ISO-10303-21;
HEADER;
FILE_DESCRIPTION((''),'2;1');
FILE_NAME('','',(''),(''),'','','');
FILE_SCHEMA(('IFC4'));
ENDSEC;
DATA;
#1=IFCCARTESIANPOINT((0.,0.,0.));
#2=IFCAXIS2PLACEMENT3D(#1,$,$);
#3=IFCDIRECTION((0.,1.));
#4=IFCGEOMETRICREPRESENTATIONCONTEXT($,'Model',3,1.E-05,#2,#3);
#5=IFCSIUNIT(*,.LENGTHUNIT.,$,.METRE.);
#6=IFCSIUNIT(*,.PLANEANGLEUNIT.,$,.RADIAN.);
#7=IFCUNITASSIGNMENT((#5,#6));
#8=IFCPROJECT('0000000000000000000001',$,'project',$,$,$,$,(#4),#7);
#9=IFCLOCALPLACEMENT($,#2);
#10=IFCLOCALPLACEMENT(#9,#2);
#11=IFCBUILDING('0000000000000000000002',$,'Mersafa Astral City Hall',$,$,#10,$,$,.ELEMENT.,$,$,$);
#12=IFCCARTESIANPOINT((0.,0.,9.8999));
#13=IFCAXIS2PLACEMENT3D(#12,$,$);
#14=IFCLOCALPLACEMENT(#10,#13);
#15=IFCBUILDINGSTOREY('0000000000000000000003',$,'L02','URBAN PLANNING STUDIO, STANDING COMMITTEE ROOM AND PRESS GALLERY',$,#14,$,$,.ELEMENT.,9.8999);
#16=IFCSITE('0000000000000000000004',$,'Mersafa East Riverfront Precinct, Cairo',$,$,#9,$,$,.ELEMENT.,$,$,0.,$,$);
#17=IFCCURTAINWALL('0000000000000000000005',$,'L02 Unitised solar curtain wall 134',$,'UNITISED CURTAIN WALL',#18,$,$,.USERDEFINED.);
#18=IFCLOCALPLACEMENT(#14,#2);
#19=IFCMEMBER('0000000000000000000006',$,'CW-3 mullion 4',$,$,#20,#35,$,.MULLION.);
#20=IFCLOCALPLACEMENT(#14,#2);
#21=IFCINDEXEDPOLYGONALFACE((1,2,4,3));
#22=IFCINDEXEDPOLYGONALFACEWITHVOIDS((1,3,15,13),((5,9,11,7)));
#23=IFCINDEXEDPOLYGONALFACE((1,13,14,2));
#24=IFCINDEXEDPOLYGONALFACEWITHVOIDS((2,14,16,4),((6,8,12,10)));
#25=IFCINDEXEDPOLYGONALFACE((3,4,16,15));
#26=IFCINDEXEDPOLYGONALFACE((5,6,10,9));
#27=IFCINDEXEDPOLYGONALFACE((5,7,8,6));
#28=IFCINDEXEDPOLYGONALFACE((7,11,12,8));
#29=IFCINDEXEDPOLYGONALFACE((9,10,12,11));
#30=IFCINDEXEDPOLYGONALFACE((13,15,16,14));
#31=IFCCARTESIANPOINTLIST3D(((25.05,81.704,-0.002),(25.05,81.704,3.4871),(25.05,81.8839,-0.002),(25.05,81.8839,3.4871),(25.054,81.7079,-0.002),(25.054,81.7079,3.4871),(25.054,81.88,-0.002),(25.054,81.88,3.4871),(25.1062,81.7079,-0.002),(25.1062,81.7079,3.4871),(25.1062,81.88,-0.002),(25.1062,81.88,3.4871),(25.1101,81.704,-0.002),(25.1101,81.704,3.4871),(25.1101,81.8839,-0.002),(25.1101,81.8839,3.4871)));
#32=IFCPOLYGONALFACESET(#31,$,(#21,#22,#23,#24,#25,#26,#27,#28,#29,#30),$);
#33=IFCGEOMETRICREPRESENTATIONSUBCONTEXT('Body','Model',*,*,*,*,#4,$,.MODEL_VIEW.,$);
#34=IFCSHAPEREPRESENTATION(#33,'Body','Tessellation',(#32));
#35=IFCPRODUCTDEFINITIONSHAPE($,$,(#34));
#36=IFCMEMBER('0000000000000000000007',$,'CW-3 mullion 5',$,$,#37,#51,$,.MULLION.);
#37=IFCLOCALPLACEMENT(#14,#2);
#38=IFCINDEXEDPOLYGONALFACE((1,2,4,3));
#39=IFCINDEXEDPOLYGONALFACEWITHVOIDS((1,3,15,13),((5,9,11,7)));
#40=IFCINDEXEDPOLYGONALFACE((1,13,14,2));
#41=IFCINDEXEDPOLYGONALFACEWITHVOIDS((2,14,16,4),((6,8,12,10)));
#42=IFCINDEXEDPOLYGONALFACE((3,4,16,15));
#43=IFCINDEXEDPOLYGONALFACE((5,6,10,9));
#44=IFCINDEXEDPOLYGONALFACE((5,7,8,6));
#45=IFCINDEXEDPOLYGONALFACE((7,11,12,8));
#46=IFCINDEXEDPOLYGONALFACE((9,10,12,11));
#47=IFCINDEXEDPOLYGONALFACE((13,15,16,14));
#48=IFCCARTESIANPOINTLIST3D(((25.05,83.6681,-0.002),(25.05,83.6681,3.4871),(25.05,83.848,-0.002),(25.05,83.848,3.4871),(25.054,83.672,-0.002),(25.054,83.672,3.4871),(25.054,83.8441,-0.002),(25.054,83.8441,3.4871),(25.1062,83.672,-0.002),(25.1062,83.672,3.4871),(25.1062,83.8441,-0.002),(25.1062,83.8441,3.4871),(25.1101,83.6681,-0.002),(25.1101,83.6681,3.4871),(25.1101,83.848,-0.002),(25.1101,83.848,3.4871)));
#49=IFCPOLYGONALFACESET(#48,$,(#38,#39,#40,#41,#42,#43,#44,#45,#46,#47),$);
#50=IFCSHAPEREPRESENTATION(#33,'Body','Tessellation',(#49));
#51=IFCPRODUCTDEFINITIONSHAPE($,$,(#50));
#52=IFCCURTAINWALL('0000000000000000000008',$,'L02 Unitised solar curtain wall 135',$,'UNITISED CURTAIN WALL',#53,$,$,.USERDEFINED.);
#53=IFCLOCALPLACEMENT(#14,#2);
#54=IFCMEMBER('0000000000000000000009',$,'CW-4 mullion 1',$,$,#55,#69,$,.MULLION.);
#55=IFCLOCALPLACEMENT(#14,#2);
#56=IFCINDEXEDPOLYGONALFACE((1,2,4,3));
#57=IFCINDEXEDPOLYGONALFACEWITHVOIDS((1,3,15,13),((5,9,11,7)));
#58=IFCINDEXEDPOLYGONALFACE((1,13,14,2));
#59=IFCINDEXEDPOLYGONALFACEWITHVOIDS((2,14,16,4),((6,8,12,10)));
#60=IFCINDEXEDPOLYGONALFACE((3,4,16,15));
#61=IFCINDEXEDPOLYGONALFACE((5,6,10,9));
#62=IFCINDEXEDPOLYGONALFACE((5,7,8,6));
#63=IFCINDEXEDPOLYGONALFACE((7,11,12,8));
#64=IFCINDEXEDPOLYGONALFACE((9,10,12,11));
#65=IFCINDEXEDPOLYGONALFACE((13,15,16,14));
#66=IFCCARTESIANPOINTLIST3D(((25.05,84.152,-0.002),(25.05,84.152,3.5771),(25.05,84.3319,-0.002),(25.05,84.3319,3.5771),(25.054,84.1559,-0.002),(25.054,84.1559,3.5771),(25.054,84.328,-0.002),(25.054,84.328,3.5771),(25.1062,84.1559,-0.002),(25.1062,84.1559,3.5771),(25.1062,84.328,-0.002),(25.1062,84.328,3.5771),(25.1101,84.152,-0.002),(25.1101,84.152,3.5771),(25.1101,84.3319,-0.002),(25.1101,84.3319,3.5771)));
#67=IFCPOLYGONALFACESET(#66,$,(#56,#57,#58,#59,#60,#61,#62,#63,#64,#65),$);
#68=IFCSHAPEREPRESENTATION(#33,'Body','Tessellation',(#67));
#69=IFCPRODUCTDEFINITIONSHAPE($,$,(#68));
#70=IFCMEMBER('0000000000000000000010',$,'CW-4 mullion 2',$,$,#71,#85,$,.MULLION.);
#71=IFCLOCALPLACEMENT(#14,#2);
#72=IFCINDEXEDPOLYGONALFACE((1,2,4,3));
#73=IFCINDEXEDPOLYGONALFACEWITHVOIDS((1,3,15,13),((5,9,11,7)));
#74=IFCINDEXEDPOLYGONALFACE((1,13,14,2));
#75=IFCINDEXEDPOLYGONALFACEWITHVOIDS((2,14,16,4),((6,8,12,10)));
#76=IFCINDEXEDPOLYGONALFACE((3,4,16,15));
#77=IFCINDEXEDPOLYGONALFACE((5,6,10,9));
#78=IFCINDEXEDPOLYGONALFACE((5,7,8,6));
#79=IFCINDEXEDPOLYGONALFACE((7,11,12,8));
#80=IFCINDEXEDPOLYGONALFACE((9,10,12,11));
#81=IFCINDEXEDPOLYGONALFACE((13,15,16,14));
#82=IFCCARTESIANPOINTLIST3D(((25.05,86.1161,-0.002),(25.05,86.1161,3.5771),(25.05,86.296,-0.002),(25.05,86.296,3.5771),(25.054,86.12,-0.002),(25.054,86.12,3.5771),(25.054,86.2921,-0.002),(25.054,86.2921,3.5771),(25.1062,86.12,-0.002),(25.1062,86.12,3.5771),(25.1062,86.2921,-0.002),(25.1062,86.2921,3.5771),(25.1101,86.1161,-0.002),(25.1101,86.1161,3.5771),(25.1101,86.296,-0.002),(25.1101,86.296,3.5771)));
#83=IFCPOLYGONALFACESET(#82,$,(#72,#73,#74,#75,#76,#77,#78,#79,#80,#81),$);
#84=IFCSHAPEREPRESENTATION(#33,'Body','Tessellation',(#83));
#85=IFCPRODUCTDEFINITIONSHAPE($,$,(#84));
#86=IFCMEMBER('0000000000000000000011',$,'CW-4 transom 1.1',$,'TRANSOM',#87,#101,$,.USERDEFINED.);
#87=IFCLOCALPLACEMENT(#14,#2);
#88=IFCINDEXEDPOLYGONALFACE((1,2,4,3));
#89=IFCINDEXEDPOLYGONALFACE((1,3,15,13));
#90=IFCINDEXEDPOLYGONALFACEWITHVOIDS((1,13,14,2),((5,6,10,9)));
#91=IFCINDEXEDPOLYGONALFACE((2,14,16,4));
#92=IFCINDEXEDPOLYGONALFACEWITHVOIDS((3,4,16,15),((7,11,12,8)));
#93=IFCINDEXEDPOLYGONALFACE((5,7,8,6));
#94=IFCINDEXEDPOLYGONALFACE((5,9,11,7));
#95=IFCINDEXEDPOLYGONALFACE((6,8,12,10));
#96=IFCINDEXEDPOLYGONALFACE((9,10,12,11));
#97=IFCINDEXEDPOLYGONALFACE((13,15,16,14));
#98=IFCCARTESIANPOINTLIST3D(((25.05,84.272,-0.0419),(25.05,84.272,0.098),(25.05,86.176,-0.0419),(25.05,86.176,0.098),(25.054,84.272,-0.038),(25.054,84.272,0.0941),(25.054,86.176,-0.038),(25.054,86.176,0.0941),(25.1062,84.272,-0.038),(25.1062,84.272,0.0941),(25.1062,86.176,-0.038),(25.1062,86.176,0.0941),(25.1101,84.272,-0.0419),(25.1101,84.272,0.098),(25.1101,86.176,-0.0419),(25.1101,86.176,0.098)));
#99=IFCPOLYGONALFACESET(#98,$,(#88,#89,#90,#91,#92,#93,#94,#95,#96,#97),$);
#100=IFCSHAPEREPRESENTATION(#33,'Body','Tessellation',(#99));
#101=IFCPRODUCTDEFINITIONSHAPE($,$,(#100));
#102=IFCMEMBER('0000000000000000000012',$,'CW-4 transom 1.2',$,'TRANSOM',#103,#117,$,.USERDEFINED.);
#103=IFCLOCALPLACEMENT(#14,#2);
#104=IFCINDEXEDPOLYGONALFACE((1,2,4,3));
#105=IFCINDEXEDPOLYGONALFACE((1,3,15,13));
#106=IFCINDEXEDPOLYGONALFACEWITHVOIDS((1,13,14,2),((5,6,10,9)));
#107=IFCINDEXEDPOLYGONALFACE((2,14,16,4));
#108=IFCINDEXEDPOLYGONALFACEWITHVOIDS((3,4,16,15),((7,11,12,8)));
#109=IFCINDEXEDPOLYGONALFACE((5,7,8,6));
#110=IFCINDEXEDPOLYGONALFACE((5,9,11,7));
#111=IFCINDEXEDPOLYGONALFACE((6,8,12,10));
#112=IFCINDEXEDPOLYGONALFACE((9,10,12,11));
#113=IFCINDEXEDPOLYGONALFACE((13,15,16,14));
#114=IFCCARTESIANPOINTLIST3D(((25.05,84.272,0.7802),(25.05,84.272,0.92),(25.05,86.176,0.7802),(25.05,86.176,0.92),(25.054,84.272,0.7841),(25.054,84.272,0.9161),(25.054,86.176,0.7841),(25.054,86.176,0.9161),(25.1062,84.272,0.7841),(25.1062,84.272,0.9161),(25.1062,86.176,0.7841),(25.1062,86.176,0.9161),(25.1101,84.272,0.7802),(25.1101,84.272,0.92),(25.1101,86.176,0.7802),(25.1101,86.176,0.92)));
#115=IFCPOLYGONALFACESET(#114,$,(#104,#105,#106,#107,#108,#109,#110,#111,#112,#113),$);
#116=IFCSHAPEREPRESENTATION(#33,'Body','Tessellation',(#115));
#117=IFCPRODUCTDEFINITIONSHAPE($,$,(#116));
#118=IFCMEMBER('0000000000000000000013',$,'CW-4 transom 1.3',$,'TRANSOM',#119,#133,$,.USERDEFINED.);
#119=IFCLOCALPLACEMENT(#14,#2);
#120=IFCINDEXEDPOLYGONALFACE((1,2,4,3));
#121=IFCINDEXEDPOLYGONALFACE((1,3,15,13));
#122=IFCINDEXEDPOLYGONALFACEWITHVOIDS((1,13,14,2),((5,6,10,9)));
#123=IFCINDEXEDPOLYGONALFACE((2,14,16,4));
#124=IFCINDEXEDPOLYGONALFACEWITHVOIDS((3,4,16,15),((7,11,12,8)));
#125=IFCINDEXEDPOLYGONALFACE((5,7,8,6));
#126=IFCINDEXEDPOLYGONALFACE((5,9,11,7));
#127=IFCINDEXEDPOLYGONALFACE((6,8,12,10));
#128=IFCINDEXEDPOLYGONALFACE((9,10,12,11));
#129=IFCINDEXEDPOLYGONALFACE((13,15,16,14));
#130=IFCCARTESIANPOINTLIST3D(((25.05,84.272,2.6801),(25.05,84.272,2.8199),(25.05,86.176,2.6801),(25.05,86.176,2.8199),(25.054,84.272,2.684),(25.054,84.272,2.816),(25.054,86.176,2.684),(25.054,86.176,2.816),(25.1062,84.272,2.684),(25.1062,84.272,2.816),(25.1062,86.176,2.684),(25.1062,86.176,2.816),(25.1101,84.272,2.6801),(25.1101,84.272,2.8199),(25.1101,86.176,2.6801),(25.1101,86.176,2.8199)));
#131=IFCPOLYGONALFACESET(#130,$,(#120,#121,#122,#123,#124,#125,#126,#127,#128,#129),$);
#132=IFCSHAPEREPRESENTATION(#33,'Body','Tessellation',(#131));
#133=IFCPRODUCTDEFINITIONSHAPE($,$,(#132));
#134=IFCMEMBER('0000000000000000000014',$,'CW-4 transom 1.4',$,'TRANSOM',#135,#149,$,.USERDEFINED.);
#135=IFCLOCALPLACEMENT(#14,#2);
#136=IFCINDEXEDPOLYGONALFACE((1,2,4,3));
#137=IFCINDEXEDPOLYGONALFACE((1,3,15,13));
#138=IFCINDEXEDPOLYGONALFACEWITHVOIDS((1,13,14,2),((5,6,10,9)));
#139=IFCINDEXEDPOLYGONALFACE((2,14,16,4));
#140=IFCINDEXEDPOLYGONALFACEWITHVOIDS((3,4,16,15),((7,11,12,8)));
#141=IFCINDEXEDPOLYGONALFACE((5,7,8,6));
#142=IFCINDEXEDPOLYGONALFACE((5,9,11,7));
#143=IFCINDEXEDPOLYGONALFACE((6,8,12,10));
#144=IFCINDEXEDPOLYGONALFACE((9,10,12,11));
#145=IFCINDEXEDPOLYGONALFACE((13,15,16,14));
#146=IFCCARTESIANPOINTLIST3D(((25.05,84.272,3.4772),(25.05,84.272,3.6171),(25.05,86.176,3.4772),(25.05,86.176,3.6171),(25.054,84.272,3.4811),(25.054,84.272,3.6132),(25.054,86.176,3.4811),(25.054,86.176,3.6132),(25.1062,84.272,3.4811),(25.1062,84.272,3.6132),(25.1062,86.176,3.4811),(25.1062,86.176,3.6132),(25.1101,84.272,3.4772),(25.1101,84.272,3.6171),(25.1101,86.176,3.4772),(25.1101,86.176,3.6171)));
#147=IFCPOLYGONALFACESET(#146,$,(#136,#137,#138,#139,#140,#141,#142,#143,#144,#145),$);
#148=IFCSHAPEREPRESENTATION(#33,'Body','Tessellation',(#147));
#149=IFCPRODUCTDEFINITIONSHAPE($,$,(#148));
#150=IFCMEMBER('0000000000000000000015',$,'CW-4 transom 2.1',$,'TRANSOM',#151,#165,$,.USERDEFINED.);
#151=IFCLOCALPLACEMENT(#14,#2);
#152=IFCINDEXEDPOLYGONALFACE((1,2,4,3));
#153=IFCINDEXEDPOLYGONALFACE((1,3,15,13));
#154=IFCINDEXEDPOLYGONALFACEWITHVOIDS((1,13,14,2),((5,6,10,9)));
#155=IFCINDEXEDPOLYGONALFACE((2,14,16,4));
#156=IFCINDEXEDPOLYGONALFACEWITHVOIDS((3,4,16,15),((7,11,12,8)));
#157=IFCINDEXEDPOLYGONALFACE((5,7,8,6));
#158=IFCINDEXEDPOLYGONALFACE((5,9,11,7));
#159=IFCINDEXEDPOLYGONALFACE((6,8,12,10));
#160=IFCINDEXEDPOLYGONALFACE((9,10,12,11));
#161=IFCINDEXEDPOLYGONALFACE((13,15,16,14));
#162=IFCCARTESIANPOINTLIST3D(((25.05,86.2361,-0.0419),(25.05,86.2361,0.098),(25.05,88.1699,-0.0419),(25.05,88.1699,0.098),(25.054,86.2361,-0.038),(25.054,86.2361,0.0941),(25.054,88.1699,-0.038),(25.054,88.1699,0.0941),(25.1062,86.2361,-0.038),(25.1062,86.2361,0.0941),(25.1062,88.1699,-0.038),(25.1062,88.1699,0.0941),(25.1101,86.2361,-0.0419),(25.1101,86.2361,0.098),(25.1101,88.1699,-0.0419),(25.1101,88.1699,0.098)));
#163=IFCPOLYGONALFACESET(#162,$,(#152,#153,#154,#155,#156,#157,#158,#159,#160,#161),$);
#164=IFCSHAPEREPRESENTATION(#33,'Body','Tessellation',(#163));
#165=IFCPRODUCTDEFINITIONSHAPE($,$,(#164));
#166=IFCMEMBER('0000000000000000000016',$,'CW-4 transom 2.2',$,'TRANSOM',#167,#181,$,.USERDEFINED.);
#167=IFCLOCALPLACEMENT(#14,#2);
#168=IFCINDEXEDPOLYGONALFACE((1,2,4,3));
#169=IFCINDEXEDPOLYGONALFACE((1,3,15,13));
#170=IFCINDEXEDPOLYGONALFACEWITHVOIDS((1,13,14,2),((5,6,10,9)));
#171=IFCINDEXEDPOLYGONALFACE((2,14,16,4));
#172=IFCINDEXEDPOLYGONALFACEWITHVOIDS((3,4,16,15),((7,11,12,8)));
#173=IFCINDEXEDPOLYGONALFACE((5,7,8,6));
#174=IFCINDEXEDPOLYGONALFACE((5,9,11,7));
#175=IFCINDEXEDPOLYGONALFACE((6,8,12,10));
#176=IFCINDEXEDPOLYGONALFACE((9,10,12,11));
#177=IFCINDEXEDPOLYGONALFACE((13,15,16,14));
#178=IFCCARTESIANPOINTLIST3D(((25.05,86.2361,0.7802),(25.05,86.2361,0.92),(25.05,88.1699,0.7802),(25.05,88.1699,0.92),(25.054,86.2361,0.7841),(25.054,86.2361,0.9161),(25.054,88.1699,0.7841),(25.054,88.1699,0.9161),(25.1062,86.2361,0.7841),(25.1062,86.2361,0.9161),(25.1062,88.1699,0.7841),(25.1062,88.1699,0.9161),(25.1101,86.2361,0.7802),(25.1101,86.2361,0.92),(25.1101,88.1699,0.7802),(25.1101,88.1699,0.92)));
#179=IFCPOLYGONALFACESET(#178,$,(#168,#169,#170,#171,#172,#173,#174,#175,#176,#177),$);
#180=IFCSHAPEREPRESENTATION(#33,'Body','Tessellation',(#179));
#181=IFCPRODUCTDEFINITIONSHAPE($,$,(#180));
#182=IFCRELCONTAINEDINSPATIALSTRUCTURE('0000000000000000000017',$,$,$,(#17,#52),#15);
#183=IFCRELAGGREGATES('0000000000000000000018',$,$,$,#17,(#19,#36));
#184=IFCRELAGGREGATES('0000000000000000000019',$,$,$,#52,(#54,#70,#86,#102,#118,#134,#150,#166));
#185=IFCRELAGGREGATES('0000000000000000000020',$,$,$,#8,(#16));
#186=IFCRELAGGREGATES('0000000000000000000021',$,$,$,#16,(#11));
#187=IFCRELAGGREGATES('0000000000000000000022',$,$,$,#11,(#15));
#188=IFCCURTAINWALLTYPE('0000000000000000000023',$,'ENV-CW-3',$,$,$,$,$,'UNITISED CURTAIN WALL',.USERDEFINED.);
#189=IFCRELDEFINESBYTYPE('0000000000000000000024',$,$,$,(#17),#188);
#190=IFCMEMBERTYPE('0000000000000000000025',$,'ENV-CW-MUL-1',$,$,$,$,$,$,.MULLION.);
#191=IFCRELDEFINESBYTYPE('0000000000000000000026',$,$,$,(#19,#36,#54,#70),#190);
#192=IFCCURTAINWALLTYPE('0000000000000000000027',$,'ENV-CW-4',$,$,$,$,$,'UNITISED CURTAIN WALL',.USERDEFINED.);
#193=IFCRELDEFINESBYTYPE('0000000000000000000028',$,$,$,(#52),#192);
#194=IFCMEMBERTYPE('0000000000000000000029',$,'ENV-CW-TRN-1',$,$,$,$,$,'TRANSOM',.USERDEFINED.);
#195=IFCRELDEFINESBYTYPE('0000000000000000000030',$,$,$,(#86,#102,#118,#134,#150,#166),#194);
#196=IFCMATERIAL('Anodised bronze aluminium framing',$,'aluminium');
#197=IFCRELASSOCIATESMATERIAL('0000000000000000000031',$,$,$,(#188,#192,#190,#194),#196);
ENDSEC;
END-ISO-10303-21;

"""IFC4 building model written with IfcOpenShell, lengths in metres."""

from ifc_helpers import new_model, si_unit, direction, frame, origin, origin_2d, place, context, subcontext, project, spatial, hollow_rectangle, extrude, material, material_profile, profile_set, type_object, element, aggregate, save


model = new_model("IFC4")

# Units and contexts
model_context = context("Model", 3, precision=1e-05, world=origin(), true_north=direction((0.0, 1.0)))
body_context = subcontext(model_context, "Body", "Model", "MODEL_VIEW")
ifc_project = project(units=[si_unit("LENGTHUNIT", "METRE"), si_unit("PLANEANGLEUNIT", "RADIAN")], contexts=[model_context])

# Site, building, storey
site_placement = place(None, origin())
site = spatial("IfcSite", under=ifc_project, at=site_placement, Name="Mersafa East Riverfront Precinct, Cairo", CompositionType="ELEMENT", RefElevation=0.0)
building_placement = place(site_placement, origin())
building = spatial("IfcBuilding", under=site, at=building_placement, Name="Mersafa Astral City Hall", CompositionType="ELEMENT")
storey_placement = place(building_placement, frame((0.0, 0.0, 9.8999)))
storey = spatial("IfcBuildingStorey", under=building, at=storey_placement, Name="L02", Description="URBAN PLANNING STUDIO, STANDING COMMITTEE ROOM AND PRESS GALLERY", CompositionType="ELEMENT", Elevation=9.8999)

# Curtain walls, members
ifc_material_1 = material(Name="Anodised bronze aluminium framing", Category="aluminium")
curtain_wall_type_1 = type_object("IfcCurtainWallType", Name="ENV-CW-3", ElementType="UNITISED CURTAIN WALL", PredefinedType="USERDEFINED", material=ifc_material_1)
curtain_wall_1_placement = place(storey_placement, origin())
curtain_wall_1 = element("IfcCurtainWall", 1, at=curtain_wall_1_placement, inside=storey, type_object=curtain_wall_type_1, Name="L02 Unitised solar curtain wall 134", ObjectType="UNITISED CURTAIN WALL", PredefinedType="USERDEFINED")
ifc_material_profile_1 = material_profile(ifc_material_1, hollow_rectangle(XDim=0.0601, YDim=0.1799, WallThickness=0.0039, at=origin_2d()), Name="RHS 60x180x4")
ifc_profile_set_1 = profile_set([ifc_material_profile_1], Name="Anodised bronze aluminium framing")
member_type_1 = type_object("IfcMemberType", Name="ENV-CW-MUL-1", PredefinedType="MULLION", material=ifc_profile_set_1)
member_1_placement = place(storey_placement, frame((25.0801, 81.7939, -0.002), z_axis=(0.0, 0.0, 1.0), x_axis=(-1.0, 0.0, 0.0)))
member_1 = element("IfcMember", 2, at=member_1_placement, type_object=member_type_1, Name="CW-3 mullion 4", PredefinedType="MULLION", context=body_context, shape_type="SweptSolid", body=[
    extrude(hollow_rectangle(XDim=0.0601, YDim=0.1799, WallThickness=0.0039, at=origin_2d()), origin(), (0.0, 0.0, 1.0), 3.489),
])
member_2_placement = place(storey_placement, frame((25.0801, 83.7581, -0.002), z_axis=(0.0, 0.0, 1.0), x_axis=(-1.0, 0.0, 0.0)))
member_2 = element("IfcMember", 3, at=member_2_placement, type_object=member_type_1, Name="CW-3 mullion 5", PredefinedType="MULLION", context=body_context, shape_type="SweptSolid", body=[
    extrude(hollow_rectangle(XDim=0.0601, YDim=0.1799, WallThickness=0.0039, at=origin_2d()), origin(), (0.0, 0.0, 1.0), 3.489),
])
curtain_wall_type_2 = type_object("IfcCurtainWallType", Name="ENV-CW-4", ElementType="UNITISED CURTAIN WALL", PredefinedType="USERDEFINED", material=ifc_material_1)
curtain_wall_2_placement = place(storey_placement, origin())
curtain_wall_2 = element("IfcCurtainWall", 4, at=curtain_wall_2_placement, inside=storey, type_object=curtain_wall_type_2, Name="L02 Unitised solar curtain wall 135", ObjectType="UNITISED CURTAIN WALL", PredefinedType="USERDEFINED")
member_3_placement = place(storey_placement, frame((25.0801, 84.2419, -0.002), z_axis=(0.0, 0.0, 1.0), x_axis=(-1.0, 0.0, 0.0)))
member_3 = element("IfcMember", 5, at=member_3_placement, type_object=member_type_1, Name="CW-4 mullion 1", PredefinedType="MULLION", context=body_context, shape_type="SweptSolid", body=[
    extrude(hollow_rectangle(XDim=0.0601, YDim=0.1799, WallThickness=0.0039, at=origin_2d()), origin(), (0.0, 0.0, 1.0), 3.5791),
])
member_4_placement = place(storey_placement, frame((25.0801, 86.2061, -0.002), z_axis=(0.0, 0.0, 1.0), x_axis=(-1.0, 0.0, 0.0)))
member_4 = element("IfcMember", 6, at=member_4_placement, type_object=member_type_1, Name="CW-4 mullion 2", PredefinedType="MULLION", context=body_context, shape_type="SweptSolid", body=[
    extrude(hollow_rectangle(XDim=0.0601, YDim=0.1799, WallThickness=0.0039, at=origin_2d()), origin(), (0.0, 0.0, 1.0), 3.5791),
])
ifc_material_profile_2 = material_profile(ifc_material_1, hollow_rectangle(XDim=0.0601, YDim=0.1399, WallThickness=0.0039, at=origin_2d()), Name="RHS 60x140x4")
ifc_profile_set_2 = profile_set([ifc_material_profile_2], Name="Anodised bronze aluminium framing")
member_type_2 = type_object("IfcMemberType", Name="ENV-CW-TRN-1", ElementType="TRANSOM", PredefinedType="USERDEFINED", material=ifc_profile_set_2)
member_5_placement = place(storey_placement, frame((25.0801, 84.272, 0.0281), z_axis=(0.0, 1.0, 0.0), x_axis=(-1.0, 0.0, 0.0)))
member_5 = element("IfcMember", 7, at=member_5_placement, type_object=member_type_2, Name="CW-4 transom 1.1", ObjectType="TRANSOM", PredefinedType="USERDEFINED", context=body_context, shape_type="SweptSolid", body=[
    extrude(hollow_rectangle(XDim=0.0601, YDim=0.1399, WallThickness=0.0039, at=origin_2d()), origin(), (0.0, 0.0, 1.0), 1.9041),
])
member_6_placement = place(storey_placement, frame((25.0801, 84.272, 0.8501), z_axis=(0.0, 1.0, 0.0), x_axis=(-1.0, 0.0, 0.0)))
member_6 = element("IfcMember", 8, at=member_6_placement, type_object=member_type_2, Name="CW-4 transom 1.2", ObjectType="TRANSOM", PredefinedType="USERDEFINED", context=body_context, shape_type="SweptSolid", body=[
    extrude(hollow_rectangle(XDim=0.0601, YDim=0.1399, WallThickness=0.0039, at=origin_2d()), origin(), (0.0, 0.0, 1.0), 1.9041),
])
member_7_placement = place(storey_placement, frame((25.0801, 84.272, 2.75), z_axis=(0.0, 1.0, 0.0), x_axis=(-1.0, 0.0, 0.0)))
member_7 = element("IfcMember", 9, at=member_7_placement, type_object=member_type_2, Name="CW-4 transom 1.3", ObjectType="TRANSOM", PredefinedType="USERDEFINED", context=body_context, shape_type="SweptSolid", body=[
    extrude(hollow_rectangle(XDim=0.0601, YDim=0.1399, WallThickness=0.0039, at=origin_2d()), origin(), (0.0, 0.0, 1.0), 1.9041),
])
member_8_placement = place(storey_placement, frame((25.0801, 84.272, 3.5471), z_axis=(0.0, 1.0, 0.0), x_axis=(-1.0, 0.0, 0.0)))
member_8 = element("IfcMember", 10, at=member_8_placement, type_object=member_type_2, Name="CW-4 transom 1.4", ObjectType="TRANSOM", PredefinedType="USERDEFINED", context=body_context, shape_type="SweptSolid", body=[
    extrude(hollow_rectangle(XDim=0.0601, YDim=0.1399, WallThickness=0.0039, at=origin_2d()), origin(), (0.0, 0.0, 1.0), 1.9041),
])
member_9_placement = place(storey_placement, frame((25.0801, 86.2361, 0.0281), z_axis=(0.0, 1.0, 0.0), x_axis=(-1.0, 0.0, 0.0)))
member_9 = element("IfcMember", 11, at=member_9_placement, type_object=member_type_2, Name="CW-4 transom 2.1", ObjectType="TRANSOM", PredefinedType="USERDEFINED", context=body_context, shape_type="SweptSolid", body=[
    extrude(hollow_rectangle(XDim=0.0601, YDim=0.1399, WallThickness=0.0039, at=origin_2d()), origin(), (0.0, 0.0, 1.0), 1.9338),
])
member_10_placement = place(storey_placement, frame((25.0801, 86.2361, 0.8501), z_axis=(0.0, 1.0, 0.0), x_axis=(-1.0, 0.0, 0.0)))
member_10 = element("IfcMember", 12, at=member_10_placement, type_object=member_type_2, Name="CW-4 transom 2.2", ObjectType="TRANSOM", PredefinedType="USERDEFINED", context=body_context, shape_type="SweptSolid", body=[
    extrude(hollow_rectangle(XDim=0.0601, YDim=0.1399, WallThickness=0.0039, at=origin_2d()), origin(), (0.0, 0.0, 1.0), 1.9338),
])

aggregate(curtain_wall_1, [member_1, member_2])
aggregate(curtain_wall_2, [member_3, member_4, member_5, member_6, member_7, member_8, member_9, member_10])

save(model, "model.ifc")
